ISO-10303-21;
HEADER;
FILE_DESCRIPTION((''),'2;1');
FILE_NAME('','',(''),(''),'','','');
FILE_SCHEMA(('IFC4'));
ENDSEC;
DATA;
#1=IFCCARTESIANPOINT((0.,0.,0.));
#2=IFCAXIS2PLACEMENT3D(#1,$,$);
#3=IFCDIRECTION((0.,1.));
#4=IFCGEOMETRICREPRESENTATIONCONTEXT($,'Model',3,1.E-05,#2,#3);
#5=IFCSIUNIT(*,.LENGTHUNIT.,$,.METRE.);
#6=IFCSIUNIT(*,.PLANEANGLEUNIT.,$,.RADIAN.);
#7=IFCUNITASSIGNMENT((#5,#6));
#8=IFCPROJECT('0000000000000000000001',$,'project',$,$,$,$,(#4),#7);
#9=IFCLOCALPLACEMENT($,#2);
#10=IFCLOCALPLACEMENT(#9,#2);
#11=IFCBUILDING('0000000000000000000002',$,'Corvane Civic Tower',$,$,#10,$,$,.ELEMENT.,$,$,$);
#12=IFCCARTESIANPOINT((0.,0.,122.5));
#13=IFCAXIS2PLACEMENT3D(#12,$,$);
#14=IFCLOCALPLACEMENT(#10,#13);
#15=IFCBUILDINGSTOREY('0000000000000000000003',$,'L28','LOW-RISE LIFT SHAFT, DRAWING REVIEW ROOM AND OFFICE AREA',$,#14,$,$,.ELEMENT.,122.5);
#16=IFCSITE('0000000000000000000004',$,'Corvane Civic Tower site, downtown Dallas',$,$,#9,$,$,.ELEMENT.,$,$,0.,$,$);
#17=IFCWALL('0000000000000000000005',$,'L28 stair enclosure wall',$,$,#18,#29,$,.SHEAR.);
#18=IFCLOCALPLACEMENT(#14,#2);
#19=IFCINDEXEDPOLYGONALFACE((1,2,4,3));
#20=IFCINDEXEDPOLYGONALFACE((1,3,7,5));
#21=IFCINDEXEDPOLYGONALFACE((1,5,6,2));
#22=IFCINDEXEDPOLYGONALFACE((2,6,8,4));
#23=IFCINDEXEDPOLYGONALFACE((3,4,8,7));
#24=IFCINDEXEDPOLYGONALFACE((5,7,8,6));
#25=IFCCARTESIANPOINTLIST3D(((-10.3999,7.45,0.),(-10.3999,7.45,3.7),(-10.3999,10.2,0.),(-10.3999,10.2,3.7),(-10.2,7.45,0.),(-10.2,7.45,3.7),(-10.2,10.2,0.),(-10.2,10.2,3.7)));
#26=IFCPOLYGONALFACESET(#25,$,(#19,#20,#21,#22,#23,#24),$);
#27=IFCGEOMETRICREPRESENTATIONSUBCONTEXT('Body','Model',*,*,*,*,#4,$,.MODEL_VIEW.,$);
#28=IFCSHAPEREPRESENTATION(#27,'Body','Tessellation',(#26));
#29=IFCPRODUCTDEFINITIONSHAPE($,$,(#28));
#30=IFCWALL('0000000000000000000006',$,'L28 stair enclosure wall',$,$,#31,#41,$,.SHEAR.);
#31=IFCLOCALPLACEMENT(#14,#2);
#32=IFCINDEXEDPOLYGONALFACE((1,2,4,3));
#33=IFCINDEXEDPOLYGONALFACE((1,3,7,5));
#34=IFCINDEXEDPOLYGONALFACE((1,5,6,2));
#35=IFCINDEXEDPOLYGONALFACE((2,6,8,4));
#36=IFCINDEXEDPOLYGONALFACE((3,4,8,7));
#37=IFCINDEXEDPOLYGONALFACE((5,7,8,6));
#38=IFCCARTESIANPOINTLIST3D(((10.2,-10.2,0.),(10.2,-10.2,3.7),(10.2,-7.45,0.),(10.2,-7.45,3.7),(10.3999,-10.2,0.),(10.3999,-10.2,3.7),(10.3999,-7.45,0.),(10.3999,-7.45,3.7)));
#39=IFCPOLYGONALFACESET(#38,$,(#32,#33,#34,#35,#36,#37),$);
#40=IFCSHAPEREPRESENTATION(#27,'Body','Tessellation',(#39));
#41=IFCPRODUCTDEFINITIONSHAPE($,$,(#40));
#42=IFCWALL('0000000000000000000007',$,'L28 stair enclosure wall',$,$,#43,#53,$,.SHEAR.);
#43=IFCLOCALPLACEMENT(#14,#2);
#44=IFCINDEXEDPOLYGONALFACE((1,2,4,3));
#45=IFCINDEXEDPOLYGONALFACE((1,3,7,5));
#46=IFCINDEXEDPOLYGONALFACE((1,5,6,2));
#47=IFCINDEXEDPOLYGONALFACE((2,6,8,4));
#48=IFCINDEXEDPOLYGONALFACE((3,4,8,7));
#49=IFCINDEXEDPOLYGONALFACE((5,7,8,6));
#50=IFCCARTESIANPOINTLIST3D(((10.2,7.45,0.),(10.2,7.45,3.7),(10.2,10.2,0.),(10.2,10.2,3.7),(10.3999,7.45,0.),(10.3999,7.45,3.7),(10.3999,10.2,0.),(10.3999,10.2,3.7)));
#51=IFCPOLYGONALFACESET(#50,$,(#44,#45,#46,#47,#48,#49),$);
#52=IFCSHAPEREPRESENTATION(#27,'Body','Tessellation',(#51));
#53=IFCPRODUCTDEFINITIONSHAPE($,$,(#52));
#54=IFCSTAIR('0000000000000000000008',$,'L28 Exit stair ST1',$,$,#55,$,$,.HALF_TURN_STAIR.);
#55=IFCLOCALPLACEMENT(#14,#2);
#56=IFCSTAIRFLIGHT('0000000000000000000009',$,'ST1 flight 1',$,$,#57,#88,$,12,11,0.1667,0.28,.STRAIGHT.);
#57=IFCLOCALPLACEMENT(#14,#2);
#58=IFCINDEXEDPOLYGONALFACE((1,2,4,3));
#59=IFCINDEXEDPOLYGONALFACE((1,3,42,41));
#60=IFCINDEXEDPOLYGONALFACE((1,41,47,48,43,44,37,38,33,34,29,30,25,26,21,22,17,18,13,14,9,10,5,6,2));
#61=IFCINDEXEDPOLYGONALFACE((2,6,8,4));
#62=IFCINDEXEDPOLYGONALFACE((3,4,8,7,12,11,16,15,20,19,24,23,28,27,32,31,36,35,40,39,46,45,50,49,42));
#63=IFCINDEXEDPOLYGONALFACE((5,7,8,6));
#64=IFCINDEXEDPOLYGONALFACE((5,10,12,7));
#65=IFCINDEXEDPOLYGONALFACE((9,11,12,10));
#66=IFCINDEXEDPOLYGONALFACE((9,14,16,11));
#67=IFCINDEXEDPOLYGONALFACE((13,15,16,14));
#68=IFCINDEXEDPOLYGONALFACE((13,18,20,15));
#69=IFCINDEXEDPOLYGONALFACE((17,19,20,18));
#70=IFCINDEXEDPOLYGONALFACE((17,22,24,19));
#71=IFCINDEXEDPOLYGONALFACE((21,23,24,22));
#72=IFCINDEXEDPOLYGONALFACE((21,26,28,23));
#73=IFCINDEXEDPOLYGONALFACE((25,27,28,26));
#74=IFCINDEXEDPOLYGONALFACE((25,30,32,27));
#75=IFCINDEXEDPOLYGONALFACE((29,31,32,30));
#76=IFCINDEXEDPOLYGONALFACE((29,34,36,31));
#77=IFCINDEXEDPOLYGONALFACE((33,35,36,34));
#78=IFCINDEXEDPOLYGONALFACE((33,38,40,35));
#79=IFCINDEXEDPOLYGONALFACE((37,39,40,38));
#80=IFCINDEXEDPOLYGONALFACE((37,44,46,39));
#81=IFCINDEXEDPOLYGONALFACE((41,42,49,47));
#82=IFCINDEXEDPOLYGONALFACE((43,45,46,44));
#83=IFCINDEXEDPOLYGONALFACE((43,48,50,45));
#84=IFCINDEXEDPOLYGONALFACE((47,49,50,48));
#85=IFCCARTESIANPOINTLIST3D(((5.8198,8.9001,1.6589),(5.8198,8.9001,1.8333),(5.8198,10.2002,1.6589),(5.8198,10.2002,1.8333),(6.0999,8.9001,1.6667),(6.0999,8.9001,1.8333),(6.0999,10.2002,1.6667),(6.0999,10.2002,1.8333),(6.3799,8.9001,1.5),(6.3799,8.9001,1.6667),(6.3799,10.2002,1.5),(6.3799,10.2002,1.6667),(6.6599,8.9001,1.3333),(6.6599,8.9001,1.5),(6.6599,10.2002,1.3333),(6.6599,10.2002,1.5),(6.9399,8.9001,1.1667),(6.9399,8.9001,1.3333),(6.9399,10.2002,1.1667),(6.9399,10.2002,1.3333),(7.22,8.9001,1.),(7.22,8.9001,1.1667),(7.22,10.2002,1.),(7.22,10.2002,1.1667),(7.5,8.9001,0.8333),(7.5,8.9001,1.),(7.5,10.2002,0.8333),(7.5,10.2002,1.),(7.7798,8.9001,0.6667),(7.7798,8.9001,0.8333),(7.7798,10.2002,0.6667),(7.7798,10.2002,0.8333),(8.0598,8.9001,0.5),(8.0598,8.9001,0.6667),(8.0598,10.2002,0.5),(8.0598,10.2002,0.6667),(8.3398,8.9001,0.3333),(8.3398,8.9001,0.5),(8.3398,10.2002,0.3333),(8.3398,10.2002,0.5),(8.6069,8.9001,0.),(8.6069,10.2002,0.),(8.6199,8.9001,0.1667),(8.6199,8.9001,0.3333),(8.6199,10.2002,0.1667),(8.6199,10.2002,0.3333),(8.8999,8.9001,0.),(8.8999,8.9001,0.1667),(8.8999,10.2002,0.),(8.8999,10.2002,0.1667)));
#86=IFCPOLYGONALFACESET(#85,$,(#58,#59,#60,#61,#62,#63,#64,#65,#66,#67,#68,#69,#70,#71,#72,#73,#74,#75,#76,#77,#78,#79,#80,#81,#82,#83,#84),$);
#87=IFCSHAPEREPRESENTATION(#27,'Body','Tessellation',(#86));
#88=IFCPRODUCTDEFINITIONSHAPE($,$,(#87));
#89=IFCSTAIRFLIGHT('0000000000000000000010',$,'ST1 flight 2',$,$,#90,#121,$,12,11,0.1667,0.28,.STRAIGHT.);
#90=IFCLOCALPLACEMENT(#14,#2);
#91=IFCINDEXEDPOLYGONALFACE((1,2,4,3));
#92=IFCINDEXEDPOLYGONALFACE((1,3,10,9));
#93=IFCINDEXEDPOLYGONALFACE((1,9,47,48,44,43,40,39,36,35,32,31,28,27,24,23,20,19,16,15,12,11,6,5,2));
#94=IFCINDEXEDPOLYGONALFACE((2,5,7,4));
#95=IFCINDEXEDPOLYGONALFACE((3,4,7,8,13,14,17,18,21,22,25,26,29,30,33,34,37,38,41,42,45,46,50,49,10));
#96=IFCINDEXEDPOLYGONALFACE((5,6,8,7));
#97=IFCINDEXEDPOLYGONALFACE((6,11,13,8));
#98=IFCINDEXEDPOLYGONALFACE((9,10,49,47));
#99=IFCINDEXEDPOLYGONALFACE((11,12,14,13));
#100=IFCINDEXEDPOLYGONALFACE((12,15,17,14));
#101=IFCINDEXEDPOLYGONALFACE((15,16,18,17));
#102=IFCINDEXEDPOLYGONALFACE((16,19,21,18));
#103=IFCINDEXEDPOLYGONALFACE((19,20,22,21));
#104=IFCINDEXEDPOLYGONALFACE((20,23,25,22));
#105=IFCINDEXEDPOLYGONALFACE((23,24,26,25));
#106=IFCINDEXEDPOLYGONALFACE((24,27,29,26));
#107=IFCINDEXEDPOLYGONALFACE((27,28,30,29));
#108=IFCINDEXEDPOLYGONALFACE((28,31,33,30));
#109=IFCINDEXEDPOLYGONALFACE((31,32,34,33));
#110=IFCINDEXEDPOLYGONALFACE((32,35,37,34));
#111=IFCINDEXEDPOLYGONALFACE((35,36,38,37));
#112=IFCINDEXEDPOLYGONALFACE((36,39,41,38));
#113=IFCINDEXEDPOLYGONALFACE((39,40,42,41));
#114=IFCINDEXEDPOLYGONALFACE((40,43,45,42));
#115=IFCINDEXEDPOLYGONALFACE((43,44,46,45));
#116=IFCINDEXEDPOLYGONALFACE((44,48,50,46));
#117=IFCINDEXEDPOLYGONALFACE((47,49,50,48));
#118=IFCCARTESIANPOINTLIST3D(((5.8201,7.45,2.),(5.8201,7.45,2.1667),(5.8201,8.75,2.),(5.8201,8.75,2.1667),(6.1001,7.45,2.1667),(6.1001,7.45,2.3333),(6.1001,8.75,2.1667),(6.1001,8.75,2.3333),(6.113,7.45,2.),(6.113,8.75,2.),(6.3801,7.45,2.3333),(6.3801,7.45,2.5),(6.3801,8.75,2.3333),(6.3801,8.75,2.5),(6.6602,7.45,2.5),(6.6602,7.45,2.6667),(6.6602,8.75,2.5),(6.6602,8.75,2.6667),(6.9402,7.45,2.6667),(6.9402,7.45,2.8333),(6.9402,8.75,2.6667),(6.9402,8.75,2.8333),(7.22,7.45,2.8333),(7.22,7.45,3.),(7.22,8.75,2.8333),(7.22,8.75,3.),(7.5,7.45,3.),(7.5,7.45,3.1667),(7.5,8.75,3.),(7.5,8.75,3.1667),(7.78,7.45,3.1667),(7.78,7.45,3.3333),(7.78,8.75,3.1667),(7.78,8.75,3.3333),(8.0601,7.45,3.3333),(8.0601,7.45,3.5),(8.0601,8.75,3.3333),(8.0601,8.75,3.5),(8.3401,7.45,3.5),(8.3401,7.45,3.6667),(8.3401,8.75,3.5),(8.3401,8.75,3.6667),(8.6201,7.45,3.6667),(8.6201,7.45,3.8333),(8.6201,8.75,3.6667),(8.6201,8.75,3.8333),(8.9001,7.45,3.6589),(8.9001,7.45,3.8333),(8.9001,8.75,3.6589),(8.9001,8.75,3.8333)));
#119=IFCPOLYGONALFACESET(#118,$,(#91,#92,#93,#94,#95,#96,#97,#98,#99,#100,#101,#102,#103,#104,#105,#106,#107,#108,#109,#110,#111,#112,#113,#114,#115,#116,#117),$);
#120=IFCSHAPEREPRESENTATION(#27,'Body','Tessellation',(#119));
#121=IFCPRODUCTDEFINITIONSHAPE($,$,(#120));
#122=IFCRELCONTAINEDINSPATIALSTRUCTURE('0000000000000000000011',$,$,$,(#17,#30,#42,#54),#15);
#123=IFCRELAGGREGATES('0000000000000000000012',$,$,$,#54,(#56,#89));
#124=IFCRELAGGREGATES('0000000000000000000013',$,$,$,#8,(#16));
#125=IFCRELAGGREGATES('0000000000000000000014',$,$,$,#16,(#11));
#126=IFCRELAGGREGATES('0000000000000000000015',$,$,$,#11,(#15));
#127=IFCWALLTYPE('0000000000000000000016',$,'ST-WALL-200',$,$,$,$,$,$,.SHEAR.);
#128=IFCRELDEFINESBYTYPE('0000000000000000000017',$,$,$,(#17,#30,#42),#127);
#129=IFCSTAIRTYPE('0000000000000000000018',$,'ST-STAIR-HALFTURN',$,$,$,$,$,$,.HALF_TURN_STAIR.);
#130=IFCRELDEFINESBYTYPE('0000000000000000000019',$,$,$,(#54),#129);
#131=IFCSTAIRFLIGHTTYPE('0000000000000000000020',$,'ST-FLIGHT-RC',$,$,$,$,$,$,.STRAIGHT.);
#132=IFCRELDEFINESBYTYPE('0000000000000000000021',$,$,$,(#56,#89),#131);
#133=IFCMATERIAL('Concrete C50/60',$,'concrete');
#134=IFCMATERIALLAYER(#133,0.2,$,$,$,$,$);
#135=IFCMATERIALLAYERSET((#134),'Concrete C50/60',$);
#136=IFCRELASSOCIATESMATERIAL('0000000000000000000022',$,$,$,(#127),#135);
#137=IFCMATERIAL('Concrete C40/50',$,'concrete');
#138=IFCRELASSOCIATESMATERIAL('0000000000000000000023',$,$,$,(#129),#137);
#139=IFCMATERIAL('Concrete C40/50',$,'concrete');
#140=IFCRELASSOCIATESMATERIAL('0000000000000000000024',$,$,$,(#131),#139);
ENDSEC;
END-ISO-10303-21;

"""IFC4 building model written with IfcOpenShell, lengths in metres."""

from ifc_helpers import new_model, si_unit, direction, frame, origin, place, context, subcontext, project, spatial, polyline, outline, extrude, material, layer, layer_set, type_object, element, aggregate, save


model = new_model("IFC4")

# Units and contexts
model_context = context("Model", 3, precision=1e-05, world=origin(), true_north=direction((0.0, 1.0)))
body_context = subcontext(model_context, "Body", "Model", "MODEL_VIEW")
ifc_project = project(units=[si_unit("LENGTHUNIT", "METRE"), si_unit("PLANEANGLEUNIT", "RADIAN")], contexts=[model_context])

# Site, building, storey
site_placement = place(None, origin())
site = spatial("IfcSite", under=ifc_project, at=site_placement, Name="Corvane Civic Tower site, downtown Dallas", CompositionType="ELEMENT", RefElevation=0.0)
building_placement = place(site_placement, origin())
building = spatial("IfcBuilding", under=site, at=building_placement, Name="Corvane Civic Tower", CompositionType="ELEMENT")
storey_placement = place(building_placement, frame((0.0, 0.0, 122.5)))
storey = spatial("IfcBuildingStorey", under=building, at=storey_placement, Name="L28", Description="LOW-RISE LIFT SHAFT, DRAWING REVIEW ROOM AND OFFICE AREA", CompositionType="ELEMENT", Elevation=122.5)

# Shared definitions
ifc_material_1 = material(Name="Concrete C50/60", Category="concrete")
ifc_layer_1 = layer(ifc_material_1, 0.2)
ifc_layer_set_1 = layer_set([ifc_layer_1], Name="Concrete C50/60")
wall_type_1 = type_object("IfcWallType", Name="ST-WALL-200", PredefinedType="SHEAR", material=ifc_layer_set_1)

# Walls
wall_1_placement = place(storey_placement, origin())
element("IfcWall", 1, at=wall_1_placement, inside=storey, type_object=wall_type_1, Name="L28 stair enclosure wall", PredefinedType="SHEAR", context=body_context, shape_type="SweptSolid", body=[
    extrude(outline(polyline([(-10.2, 7.45), (-10.3999, 7.45), (-10.3999, 10.2), (-10.2, 10.2), (-10.2, 7.45)])), origin(), (0.0, 0.0, 1.0), 3.7),
])
wall_2_placement = place(storey_placement, origin())
element("IfcWall", 2, at=wall_2_placement, inside=storey, type_object=wall_type_1, Name="L28 stair enclosure wall", PredefinedType="SHEAR", context=body_context, shape_type="SweptSolid", body=[
    extrude(outline(polyline([(10.3999, -7.45), (10.3999, -10.2), (10.2, -10.2), (10.2, -7.45), (10.3999, -7.45)])), origin(), (0.0, 0.0, 1.0), 3.7),
])
wall_3_placement = place(storey_placement, origin())
element("IfcWall", 3, at=wall_3_placement, inside=storey, type_object=wall_type_1, Name="L28 stair enclosure wall", PredefinedType="SHEAR", context=body_context, shape_type="SweptSolid", body=[
    extrude(outline(polyline([(10.3999, 7.45), (10.2, 7.45), (10.2, 10.2), (10.3999, 10.2), (10.3999, 7.45)])), origin(), (0.0, 0.0, 1.0), 3.7),
])

# Stair, stair flights
ifc_material_2 = material(Name="Concrete C40/50", Category="concrete")
stair_type = type_object("IfcStairType", Name="ST-STAIR-HALFTURN", PredefinedType="HALF_TURN_STAIR", material=ifc_material_2)
stair_placement = place(storey_placement, origin())
stair = element("IfcStair", 4, at=stair_placement, inside=storey, type_object=stair_type, Name="L28 Exit stair ST1", PredefinedType="HALF_TURN_STAIR")
ifc_material_3 = material(Name="Concrete C40/50", Category="concrete")
stair_flight_type = type_object("IfcStairFlightType", Name="ST-FLIGHT-RC", PredefinedType="STRAIGHT", material=ifc_material_3)
stair_flight_1_placement = place(storey_placement, frame((8.8999, 9.55, 0.0), z_axis=(0.0, 0.0, 1.0), x_axis=(-1.0, 0.0, 0.0)))
stair_flight_1 = element("IfcStairFlight", 5, at=stair_flight_1_placement, type_object=stair_flight_type, Name="ST1 flight 1", NumberOfRisers=12, NumberOfTreads=11, PredefinedType="STRAIGHT", RiserHeight=0.1667, TreadLength=0.28, context=body_context, shape_type="SweptSolid", body=[
    extrude(outline(polyline([(0.0, 0.0), (0.0, 0.1667), (0.28, 0.1667), (0.28, 0.3333), (0.5601, 0.3333), (0.5601, 0.5), (0.8401, 0.5), (0.8401, 0.6667), (1.1201, 0.6667), (1.1201, 0.8333), (1.3999, 0.8333), (1.3999, 1.0), (1.6799, 1.0), (1.6799, 1.1667), (1.96, 1.1667), (1.96, 1.3333), (2.24, 1.3333), (2.24, 1.5), (2.52, 1.5), (2.52, 1.6667), (2.8, 1.6667), (2.8, 1.8333), (3.0801, 1.8333), (3.0801, 2.0), (3.0801, 1.6589), (0.293, 0.0), (0.0, 0.0)])), frame((0.0, 0.6499, 0.0), z_axis=(0.0, -1.0, 0.0), x_axis=(1.0, 0.0, 0.0)), (0.0, 0.0, 1.0), 1.3),
])
stair_flight_2_placement = place(storey_placement, frame((5.8201, 8.1001, 2.0), z_axis=(0.0, 0.0, 1.0), x_axis=(1.0, 0.0, 0.0)))
stair_flight_2 = element("IfcStairFlight", 6, at=stair_flight_2_placement, type_object=stair_flight_type, Name="ST1 flight 2", NumberOfRisers=12, NumberOfTreads=11, PredefinedType="STRAIGHT", RiserHeight=0.1667, TreadLength=0.28, context=body_context, shape_type="SweptSolid", body=[
    extrude(outline(polyline([(0.0, 0.0), (0.0, 0.1667), (0.28, 0.1667), (0.28, 0.3333), (0.5601, 0.3333), (0.5601, 0.5), (0.8401, 0.5), (0.8401, 0.6667), (1.1201, 0.6667), (1.1201, 0.8333), (1.3999, 0.8333), (1.3999, 1.0), (1.6799, 1.0), (1.6799, 1.1667), (1.96, 1.1667), (1.96, 1.3333), (2.24, 1.3333), (2.24, 1.5), (2.52, 1.5), (2.52, 1.6667), (2.8, 1.6667), (2.8, 1.8333), (3.0801, 1.8333), (3.0801, 2.0), (3.0801, 1.6589), (0.293, 0.0), (0.0, 0.0)])), frame((0.0, 0.6499, 0.0), z_axis=(0.0, -1.0, 0.0), x_axis=(1.0, 0.0, 0.0)), (0.0, 0.0, 1.0), 1.3),
])
aggregate(stair, [stair_flight_1, stair_flight_2])

save(model, "model.ifc")
